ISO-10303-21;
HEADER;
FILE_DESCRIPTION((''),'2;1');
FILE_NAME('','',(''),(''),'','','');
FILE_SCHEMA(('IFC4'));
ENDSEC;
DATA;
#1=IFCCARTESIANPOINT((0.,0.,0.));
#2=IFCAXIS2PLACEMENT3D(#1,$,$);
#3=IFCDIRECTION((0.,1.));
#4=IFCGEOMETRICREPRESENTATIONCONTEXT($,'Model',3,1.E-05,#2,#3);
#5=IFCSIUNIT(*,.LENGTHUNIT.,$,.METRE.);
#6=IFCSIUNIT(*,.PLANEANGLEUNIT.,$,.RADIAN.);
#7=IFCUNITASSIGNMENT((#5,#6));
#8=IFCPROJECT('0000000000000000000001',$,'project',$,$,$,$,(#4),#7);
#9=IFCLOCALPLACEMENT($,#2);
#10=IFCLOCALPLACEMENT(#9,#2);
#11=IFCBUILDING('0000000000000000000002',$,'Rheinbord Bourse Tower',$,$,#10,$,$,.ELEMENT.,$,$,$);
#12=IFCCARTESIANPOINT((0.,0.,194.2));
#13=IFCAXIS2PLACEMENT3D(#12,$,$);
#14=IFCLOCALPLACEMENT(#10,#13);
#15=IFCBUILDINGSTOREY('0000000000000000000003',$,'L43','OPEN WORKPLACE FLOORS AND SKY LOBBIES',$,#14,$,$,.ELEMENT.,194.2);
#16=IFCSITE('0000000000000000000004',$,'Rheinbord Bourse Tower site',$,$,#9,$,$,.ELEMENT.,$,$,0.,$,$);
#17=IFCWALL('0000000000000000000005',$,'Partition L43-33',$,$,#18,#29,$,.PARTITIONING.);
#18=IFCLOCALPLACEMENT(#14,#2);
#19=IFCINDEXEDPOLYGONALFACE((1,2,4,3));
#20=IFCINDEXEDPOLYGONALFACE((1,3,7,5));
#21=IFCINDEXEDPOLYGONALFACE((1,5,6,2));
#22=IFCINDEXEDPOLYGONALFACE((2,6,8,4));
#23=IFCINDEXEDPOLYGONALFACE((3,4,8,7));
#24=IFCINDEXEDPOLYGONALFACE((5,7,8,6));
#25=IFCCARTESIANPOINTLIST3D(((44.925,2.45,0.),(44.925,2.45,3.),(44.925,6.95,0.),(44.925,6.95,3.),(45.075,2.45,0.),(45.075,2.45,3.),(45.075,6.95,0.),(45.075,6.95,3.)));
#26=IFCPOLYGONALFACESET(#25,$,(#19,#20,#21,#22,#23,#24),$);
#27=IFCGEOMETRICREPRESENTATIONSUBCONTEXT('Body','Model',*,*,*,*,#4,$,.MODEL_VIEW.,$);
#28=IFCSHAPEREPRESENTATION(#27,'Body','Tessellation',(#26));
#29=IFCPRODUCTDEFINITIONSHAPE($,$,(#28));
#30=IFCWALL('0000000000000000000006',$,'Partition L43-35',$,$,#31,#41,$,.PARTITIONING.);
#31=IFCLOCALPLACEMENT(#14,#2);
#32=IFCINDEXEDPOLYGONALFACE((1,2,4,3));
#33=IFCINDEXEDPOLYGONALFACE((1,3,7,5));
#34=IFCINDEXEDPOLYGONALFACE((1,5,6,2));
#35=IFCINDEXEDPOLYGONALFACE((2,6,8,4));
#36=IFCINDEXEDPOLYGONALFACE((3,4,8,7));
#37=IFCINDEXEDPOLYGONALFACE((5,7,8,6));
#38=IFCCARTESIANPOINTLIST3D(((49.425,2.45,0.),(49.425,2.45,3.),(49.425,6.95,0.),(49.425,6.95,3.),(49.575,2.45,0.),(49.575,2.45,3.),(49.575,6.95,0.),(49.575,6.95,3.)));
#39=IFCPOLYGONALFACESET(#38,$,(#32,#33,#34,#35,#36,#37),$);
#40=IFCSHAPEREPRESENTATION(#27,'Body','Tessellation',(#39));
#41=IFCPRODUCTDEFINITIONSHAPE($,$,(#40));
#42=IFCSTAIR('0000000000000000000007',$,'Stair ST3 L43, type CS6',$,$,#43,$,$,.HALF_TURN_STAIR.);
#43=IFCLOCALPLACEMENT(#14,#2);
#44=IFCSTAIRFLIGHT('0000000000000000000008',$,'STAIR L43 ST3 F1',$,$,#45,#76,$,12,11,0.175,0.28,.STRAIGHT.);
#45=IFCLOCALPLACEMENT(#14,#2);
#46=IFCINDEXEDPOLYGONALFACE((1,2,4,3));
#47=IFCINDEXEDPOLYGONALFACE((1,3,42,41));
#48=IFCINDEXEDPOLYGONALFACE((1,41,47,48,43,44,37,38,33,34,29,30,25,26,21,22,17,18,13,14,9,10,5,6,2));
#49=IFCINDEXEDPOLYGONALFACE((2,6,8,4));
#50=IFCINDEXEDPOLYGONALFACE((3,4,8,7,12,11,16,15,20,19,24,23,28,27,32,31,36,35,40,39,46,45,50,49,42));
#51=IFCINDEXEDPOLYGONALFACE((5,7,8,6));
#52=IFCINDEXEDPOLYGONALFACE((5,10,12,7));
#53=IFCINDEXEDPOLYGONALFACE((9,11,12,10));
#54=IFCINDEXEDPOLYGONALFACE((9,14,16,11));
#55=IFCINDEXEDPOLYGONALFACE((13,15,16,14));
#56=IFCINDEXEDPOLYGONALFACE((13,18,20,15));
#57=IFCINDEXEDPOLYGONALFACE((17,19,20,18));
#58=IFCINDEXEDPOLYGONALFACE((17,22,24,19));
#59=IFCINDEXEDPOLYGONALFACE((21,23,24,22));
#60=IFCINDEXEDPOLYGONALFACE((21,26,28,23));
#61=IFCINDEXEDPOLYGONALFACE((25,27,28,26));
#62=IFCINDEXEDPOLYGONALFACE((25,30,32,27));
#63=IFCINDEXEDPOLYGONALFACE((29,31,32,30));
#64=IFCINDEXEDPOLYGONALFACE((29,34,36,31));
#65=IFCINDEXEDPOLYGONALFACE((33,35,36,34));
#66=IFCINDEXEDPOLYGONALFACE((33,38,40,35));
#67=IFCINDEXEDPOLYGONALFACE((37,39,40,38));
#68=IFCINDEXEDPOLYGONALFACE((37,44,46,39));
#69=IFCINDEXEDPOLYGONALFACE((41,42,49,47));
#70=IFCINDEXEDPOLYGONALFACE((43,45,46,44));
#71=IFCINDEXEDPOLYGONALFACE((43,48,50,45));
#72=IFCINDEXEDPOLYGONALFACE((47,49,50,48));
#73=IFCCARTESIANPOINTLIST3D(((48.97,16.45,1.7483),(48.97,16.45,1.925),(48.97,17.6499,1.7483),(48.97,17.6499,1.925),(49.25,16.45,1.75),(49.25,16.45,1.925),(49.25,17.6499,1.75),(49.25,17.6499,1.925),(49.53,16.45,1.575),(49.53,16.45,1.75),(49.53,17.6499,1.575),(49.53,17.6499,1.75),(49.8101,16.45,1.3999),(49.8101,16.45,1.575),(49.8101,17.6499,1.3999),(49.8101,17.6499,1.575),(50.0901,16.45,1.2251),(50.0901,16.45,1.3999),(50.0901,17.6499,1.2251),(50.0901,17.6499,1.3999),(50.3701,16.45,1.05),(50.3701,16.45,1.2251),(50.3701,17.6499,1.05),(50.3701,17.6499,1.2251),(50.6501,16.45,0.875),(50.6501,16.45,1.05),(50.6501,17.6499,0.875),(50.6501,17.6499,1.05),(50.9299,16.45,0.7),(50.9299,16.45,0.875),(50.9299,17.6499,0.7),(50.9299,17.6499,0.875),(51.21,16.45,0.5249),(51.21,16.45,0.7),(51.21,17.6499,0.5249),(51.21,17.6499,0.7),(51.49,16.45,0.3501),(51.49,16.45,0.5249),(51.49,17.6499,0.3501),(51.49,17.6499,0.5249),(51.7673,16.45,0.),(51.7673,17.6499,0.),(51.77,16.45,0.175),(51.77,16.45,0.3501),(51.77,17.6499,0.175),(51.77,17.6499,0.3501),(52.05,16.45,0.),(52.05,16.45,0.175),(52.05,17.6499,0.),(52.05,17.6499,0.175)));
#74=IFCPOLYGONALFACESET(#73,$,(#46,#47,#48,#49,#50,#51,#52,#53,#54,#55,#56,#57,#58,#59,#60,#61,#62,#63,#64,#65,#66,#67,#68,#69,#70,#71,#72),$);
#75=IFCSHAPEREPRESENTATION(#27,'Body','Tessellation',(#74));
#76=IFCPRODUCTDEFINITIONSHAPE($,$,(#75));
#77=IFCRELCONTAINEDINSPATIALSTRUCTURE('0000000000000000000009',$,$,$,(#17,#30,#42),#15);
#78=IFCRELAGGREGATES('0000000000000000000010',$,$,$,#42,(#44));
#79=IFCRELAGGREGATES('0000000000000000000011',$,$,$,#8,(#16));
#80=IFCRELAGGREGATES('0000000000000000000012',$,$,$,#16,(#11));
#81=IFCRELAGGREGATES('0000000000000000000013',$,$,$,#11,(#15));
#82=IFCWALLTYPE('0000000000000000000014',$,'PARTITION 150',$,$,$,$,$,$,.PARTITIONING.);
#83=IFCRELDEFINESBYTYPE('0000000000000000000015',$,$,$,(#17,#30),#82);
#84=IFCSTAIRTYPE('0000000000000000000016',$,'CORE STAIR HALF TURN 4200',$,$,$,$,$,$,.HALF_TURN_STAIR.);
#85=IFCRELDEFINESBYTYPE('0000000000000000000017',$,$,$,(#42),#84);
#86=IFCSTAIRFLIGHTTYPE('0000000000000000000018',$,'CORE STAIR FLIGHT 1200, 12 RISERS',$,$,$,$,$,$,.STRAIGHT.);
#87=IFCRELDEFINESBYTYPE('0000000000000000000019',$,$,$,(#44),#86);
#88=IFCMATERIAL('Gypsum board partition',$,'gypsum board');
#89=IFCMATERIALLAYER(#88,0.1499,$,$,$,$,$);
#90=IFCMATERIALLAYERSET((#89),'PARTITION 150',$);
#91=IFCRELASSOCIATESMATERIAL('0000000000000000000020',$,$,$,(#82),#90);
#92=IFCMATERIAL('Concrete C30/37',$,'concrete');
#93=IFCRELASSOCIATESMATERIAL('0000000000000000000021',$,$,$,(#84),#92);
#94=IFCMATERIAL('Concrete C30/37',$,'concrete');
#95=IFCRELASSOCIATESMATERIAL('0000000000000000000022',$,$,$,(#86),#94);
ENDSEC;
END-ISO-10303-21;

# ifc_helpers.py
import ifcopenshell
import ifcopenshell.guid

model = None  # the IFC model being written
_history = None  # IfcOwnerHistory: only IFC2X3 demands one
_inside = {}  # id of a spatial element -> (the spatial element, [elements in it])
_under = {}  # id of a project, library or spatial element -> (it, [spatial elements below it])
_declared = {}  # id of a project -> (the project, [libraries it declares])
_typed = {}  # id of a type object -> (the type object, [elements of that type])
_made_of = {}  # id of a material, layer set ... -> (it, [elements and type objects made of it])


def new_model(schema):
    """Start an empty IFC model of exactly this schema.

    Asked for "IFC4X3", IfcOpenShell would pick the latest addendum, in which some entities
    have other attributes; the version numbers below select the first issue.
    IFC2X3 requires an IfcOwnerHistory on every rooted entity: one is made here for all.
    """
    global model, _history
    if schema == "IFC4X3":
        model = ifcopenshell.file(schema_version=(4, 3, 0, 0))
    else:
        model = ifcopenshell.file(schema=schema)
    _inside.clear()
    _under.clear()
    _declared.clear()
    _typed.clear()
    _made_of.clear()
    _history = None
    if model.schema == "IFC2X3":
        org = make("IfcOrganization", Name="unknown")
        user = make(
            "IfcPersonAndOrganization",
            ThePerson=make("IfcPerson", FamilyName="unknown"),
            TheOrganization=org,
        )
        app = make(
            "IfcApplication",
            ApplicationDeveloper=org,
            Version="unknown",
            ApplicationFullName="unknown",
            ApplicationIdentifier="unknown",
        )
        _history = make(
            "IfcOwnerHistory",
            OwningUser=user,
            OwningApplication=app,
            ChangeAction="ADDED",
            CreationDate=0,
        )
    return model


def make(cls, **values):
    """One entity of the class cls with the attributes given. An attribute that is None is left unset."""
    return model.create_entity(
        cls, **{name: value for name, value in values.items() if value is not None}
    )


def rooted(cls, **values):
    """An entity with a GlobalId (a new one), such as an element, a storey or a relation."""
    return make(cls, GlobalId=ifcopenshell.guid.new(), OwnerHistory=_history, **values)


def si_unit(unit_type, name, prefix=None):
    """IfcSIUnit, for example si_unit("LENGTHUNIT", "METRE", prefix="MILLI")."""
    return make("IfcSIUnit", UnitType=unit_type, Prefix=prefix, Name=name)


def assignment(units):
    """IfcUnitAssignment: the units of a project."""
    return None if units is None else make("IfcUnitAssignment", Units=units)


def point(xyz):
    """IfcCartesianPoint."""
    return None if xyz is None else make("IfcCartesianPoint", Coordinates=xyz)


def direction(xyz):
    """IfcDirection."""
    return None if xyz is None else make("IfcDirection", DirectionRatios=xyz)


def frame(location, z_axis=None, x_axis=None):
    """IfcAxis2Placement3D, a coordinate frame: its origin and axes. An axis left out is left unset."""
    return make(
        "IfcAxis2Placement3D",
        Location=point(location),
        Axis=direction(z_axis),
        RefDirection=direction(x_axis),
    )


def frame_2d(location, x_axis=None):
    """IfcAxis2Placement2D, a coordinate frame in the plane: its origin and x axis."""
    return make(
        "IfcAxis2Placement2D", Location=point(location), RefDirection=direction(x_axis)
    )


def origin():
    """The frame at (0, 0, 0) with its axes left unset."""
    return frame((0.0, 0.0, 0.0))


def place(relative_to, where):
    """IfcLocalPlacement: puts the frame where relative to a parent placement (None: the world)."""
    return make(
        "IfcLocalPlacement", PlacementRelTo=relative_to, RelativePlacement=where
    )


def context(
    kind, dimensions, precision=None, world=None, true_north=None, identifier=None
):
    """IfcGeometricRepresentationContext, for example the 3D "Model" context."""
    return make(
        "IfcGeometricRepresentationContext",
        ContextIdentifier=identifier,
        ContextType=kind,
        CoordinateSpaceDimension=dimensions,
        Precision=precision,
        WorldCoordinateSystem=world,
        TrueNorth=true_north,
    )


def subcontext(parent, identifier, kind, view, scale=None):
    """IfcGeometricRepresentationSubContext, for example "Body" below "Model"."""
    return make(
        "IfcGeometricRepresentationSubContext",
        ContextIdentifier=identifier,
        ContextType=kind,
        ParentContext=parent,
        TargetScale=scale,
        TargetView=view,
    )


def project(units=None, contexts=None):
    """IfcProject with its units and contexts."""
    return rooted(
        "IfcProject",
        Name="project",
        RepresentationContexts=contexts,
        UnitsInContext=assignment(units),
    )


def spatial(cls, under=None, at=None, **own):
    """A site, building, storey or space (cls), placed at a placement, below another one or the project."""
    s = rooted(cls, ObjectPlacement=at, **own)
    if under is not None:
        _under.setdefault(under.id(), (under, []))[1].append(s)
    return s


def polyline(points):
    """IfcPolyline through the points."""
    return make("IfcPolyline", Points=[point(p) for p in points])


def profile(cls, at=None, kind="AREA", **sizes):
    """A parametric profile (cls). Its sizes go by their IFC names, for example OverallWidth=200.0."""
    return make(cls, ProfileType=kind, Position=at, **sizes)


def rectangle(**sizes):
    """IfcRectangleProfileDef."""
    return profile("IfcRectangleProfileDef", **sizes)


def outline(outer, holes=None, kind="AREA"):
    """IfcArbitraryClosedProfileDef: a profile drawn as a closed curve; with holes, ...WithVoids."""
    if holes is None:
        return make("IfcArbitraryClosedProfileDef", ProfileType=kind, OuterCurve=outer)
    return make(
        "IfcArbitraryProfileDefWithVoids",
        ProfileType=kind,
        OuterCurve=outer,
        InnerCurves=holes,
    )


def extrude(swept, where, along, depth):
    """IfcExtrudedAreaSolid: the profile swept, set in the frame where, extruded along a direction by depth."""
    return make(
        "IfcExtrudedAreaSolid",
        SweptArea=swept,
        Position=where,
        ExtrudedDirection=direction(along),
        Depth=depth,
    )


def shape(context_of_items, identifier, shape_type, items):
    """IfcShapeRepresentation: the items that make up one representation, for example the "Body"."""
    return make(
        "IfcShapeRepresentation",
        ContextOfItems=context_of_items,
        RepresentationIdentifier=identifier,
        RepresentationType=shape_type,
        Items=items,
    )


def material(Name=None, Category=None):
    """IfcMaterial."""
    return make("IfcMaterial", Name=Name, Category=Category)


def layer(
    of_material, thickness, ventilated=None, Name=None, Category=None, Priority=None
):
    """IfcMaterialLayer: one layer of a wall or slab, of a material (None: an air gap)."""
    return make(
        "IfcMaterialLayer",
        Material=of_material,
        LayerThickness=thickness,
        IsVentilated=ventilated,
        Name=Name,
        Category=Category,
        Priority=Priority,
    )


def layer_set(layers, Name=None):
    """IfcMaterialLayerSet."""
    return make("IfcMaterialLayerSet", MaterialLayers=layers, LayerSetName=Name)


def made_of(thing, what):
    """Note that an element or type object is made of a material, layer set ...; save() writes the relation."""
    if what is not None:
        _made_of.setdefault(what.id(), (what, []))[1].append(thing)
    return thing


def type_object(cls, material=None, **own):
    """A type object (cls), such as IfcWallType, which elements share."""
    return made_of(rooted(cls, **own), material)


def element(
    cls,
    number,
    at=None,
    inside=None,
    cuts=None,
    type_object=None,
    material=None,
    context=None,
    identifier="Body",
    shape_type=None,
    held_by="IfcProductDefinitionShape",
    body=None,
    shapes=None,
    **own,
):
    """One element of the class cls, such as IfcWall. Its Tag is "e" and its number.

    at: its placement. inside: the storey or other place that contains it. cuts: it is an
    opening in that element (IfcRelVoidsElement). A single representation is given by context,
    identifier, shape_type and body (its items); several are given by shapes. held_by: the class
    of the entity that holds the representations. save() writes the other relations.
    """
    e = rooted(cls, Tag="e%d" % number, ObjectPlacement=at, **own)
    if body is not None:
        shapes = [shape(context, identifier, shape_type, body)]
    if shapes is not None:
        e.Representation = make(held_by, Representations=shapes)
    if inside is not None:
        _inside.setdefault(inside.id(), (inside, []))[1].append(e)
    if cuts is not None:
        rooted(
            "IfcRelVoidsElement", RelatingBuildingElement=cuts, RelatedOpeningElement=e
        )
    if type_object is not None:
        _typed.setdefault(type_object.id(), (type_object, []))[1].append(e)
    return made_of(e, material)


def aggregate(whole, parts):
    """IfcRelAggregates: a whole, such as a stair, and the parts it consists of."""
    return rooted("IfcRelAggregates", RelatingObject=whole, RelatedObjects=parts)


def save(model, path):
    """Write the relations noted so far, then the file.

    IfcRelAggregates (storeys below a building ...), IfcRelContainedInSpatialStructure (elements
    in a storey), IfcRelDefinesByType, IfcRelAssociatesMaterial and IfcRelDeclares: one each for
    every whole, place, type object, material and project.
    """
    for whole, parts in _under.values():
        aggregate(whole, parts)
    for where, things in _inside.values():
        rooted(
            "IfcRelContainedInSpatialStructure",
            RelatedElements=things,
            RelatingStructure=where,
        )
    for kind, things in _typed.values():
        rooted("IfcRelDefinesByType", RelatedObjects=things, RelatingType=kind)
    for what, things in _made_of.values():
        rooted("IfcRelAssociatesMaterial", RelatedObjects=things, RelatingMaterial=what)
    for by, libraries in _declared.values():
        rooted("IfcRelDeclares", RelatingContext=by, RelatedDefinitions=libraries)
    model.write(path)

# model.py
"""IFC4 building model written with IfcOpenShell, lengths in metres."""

from ifc_helpers import new_model, si_unit, direction, frame, frame_2d, origin, place, context, subcontext, project, spatial, polyline, rectangle, outline, extrude, material, layer, layer_set, type_object, element, aggregate, save


model = new_model("IFC4")

# Units and contexts
model_context = context("Model", 3, precision=1e-05, world=origin(), true_north=direction((0.0, 1.0)))
body_context = subcontext(model_context, "Body", "Model", "MODEL_VIEW")
ifc_project = project(units=[si_unit("LENGTHUNIT", "METRE"), si_unit("PLANEANGLEUNIT", "RADIAN")], contexts=[model_context])

# Site, building, storey
site_placement = place(None, origin())
site = spatial("IfcSite", under=ifc_project, at=site_placement, Name="Rheinbord Bourse Tower site", CompositionType="ELEMENT", RefElevation=0.0)
building_placement = place(site_placement, origin())
building = spatial("IfcBuilding", under=site, at=building_placement, Name="Rheinbord Bourse Tower", CompositionType="ELEMENT")
storey_placement = place(building_placement, frame((0.0, 0.0, 194.2)))
storey = spatial("IfcBuildingStorey", under=building, at=storey_placement, Name="L43", Description="OPEN WORKPLACE FLOORS AND SKY LOBBIES", CompositionType="ELEMENT", Elevation=194.2)

# Walls
ifc_material_1 = material(Name="Gypsum board partition", Category="gypsum board")
ifc_layer_1 = layer(ifc_material_1, 0.1499)
ifc_layer_set_1 = layer_set([ifc_layer_1], Name="PARTITION 150")
wall_type_1 = type_object("IfcWallType", Name="PARTITION 150", PredefinedType="PARTITIONING", material=ifc_layer_set_1)
for number, where, z_axis, x_axis, name in (
    (1, (45.0, 2.45, 0.0), (0.0, 0.0, 1.0), (0.0, 1.0, 0.0), "Partition L43-33"),
    (2, (49.5, 2.45, 0.0), (0.0, 0.0, 1.0), (0.0, 1.0, 0.0), "Partition L43-35"),
):
    element("IfcWall", number, at=place(storey_placement, frame(where, z_axis=z_axis, x_axis=x_axis)), inside=storey, type_object=wall_type_1, Name=name, PredefinedType="PARTITIONING", context=body_context, shape_type="SweptSolid", body=[
        extrude(rectangle(XDim=4.5, YDim=0.1499, at=frame_2d((2.25, 0.0))), origin(), (0.0, 0.0, 1.0), 3.0),
    ])

# Stair, stair flight
ifc_material_2 = material(Name="Concrete C30/37", Category="concrete")
stair_type = type_object("IfcStairType", Name="CORE STAIR HALF TURN 4200", PredefinedType="HALF_TURN_STAIR", material=ifc_material_2)
stair_placement = place(storey_placement, origin())
stair = element("IfcStair", 3, at=stair_placement, inside=storey, type_object=stair_type, Name="Stair ST3 L43, type CS6", PredefinedType="HALF_TURN_STAIR")
ifc_material_3 = material(Name="Concrete C30/37", Category="concrete")
stair_flight_type = type_object("IfcStairFlightType", Name="CORE STAIR FLIGHT 1200, 12 RISERS", PredefinedType="STRAIGHT", material=ifc_material_3)
stair_flight_placement = place(storey_placement, frame((52.05, 17.05, 0.0), z_axis=(0.0, 0.0, 1.0), x_axis=(-1.0, 0.0, 0.0)))
stair_flight = element("IfcStairFlight", 4, at=stair_flight_placement, type_object=stair_flight_type, Name="STAIR L43 ST3 F1", NumberOfRisers=12, NumberOfTreads=11, PredefinedType="STRAIGHT", RiserHeight=0.175, TreadLength=0.28, context=body_context, shape_type="SweptSolid", body=[
    extrude(outline(polyline([(0.0, 0.0), (0.0, 0.175), (0.28, 0.175), (0.28, 0.3501), (0.5601, 0.3501), (0.5601, 0.5249), (0.8401, 0.5249), (0.8401, 0.7), (1.1201, 0.7), (1.1201, 0.875), (1.3999, 0.875), (1.3999, 1.05), (1.6799, 1.05), (1.6799, 1.2251), (1.96, 1.2251), (1.96, 1.3999), (2.24, 1.3999), (2.24, 1.575), (2.52, 1.575), (2.52, 1.75), (2.8, 1.75), (2.8, 1.925), (3.0801, 1.925), (3.0801, 2.1001), (3.0801, 1.7483), (0.2827, 0.0), (0.0, 0.0)])), frame((0.0, 0.6001, 0.0), z_axis=(0.0, -1.0, 0.0), x_axis=(1.0, 0.0, 0.0)), (0.0, 0.0, 1.0), 1.2),
])
aggregate(stair, [stair_flight])

save(model, "model.ifc")
